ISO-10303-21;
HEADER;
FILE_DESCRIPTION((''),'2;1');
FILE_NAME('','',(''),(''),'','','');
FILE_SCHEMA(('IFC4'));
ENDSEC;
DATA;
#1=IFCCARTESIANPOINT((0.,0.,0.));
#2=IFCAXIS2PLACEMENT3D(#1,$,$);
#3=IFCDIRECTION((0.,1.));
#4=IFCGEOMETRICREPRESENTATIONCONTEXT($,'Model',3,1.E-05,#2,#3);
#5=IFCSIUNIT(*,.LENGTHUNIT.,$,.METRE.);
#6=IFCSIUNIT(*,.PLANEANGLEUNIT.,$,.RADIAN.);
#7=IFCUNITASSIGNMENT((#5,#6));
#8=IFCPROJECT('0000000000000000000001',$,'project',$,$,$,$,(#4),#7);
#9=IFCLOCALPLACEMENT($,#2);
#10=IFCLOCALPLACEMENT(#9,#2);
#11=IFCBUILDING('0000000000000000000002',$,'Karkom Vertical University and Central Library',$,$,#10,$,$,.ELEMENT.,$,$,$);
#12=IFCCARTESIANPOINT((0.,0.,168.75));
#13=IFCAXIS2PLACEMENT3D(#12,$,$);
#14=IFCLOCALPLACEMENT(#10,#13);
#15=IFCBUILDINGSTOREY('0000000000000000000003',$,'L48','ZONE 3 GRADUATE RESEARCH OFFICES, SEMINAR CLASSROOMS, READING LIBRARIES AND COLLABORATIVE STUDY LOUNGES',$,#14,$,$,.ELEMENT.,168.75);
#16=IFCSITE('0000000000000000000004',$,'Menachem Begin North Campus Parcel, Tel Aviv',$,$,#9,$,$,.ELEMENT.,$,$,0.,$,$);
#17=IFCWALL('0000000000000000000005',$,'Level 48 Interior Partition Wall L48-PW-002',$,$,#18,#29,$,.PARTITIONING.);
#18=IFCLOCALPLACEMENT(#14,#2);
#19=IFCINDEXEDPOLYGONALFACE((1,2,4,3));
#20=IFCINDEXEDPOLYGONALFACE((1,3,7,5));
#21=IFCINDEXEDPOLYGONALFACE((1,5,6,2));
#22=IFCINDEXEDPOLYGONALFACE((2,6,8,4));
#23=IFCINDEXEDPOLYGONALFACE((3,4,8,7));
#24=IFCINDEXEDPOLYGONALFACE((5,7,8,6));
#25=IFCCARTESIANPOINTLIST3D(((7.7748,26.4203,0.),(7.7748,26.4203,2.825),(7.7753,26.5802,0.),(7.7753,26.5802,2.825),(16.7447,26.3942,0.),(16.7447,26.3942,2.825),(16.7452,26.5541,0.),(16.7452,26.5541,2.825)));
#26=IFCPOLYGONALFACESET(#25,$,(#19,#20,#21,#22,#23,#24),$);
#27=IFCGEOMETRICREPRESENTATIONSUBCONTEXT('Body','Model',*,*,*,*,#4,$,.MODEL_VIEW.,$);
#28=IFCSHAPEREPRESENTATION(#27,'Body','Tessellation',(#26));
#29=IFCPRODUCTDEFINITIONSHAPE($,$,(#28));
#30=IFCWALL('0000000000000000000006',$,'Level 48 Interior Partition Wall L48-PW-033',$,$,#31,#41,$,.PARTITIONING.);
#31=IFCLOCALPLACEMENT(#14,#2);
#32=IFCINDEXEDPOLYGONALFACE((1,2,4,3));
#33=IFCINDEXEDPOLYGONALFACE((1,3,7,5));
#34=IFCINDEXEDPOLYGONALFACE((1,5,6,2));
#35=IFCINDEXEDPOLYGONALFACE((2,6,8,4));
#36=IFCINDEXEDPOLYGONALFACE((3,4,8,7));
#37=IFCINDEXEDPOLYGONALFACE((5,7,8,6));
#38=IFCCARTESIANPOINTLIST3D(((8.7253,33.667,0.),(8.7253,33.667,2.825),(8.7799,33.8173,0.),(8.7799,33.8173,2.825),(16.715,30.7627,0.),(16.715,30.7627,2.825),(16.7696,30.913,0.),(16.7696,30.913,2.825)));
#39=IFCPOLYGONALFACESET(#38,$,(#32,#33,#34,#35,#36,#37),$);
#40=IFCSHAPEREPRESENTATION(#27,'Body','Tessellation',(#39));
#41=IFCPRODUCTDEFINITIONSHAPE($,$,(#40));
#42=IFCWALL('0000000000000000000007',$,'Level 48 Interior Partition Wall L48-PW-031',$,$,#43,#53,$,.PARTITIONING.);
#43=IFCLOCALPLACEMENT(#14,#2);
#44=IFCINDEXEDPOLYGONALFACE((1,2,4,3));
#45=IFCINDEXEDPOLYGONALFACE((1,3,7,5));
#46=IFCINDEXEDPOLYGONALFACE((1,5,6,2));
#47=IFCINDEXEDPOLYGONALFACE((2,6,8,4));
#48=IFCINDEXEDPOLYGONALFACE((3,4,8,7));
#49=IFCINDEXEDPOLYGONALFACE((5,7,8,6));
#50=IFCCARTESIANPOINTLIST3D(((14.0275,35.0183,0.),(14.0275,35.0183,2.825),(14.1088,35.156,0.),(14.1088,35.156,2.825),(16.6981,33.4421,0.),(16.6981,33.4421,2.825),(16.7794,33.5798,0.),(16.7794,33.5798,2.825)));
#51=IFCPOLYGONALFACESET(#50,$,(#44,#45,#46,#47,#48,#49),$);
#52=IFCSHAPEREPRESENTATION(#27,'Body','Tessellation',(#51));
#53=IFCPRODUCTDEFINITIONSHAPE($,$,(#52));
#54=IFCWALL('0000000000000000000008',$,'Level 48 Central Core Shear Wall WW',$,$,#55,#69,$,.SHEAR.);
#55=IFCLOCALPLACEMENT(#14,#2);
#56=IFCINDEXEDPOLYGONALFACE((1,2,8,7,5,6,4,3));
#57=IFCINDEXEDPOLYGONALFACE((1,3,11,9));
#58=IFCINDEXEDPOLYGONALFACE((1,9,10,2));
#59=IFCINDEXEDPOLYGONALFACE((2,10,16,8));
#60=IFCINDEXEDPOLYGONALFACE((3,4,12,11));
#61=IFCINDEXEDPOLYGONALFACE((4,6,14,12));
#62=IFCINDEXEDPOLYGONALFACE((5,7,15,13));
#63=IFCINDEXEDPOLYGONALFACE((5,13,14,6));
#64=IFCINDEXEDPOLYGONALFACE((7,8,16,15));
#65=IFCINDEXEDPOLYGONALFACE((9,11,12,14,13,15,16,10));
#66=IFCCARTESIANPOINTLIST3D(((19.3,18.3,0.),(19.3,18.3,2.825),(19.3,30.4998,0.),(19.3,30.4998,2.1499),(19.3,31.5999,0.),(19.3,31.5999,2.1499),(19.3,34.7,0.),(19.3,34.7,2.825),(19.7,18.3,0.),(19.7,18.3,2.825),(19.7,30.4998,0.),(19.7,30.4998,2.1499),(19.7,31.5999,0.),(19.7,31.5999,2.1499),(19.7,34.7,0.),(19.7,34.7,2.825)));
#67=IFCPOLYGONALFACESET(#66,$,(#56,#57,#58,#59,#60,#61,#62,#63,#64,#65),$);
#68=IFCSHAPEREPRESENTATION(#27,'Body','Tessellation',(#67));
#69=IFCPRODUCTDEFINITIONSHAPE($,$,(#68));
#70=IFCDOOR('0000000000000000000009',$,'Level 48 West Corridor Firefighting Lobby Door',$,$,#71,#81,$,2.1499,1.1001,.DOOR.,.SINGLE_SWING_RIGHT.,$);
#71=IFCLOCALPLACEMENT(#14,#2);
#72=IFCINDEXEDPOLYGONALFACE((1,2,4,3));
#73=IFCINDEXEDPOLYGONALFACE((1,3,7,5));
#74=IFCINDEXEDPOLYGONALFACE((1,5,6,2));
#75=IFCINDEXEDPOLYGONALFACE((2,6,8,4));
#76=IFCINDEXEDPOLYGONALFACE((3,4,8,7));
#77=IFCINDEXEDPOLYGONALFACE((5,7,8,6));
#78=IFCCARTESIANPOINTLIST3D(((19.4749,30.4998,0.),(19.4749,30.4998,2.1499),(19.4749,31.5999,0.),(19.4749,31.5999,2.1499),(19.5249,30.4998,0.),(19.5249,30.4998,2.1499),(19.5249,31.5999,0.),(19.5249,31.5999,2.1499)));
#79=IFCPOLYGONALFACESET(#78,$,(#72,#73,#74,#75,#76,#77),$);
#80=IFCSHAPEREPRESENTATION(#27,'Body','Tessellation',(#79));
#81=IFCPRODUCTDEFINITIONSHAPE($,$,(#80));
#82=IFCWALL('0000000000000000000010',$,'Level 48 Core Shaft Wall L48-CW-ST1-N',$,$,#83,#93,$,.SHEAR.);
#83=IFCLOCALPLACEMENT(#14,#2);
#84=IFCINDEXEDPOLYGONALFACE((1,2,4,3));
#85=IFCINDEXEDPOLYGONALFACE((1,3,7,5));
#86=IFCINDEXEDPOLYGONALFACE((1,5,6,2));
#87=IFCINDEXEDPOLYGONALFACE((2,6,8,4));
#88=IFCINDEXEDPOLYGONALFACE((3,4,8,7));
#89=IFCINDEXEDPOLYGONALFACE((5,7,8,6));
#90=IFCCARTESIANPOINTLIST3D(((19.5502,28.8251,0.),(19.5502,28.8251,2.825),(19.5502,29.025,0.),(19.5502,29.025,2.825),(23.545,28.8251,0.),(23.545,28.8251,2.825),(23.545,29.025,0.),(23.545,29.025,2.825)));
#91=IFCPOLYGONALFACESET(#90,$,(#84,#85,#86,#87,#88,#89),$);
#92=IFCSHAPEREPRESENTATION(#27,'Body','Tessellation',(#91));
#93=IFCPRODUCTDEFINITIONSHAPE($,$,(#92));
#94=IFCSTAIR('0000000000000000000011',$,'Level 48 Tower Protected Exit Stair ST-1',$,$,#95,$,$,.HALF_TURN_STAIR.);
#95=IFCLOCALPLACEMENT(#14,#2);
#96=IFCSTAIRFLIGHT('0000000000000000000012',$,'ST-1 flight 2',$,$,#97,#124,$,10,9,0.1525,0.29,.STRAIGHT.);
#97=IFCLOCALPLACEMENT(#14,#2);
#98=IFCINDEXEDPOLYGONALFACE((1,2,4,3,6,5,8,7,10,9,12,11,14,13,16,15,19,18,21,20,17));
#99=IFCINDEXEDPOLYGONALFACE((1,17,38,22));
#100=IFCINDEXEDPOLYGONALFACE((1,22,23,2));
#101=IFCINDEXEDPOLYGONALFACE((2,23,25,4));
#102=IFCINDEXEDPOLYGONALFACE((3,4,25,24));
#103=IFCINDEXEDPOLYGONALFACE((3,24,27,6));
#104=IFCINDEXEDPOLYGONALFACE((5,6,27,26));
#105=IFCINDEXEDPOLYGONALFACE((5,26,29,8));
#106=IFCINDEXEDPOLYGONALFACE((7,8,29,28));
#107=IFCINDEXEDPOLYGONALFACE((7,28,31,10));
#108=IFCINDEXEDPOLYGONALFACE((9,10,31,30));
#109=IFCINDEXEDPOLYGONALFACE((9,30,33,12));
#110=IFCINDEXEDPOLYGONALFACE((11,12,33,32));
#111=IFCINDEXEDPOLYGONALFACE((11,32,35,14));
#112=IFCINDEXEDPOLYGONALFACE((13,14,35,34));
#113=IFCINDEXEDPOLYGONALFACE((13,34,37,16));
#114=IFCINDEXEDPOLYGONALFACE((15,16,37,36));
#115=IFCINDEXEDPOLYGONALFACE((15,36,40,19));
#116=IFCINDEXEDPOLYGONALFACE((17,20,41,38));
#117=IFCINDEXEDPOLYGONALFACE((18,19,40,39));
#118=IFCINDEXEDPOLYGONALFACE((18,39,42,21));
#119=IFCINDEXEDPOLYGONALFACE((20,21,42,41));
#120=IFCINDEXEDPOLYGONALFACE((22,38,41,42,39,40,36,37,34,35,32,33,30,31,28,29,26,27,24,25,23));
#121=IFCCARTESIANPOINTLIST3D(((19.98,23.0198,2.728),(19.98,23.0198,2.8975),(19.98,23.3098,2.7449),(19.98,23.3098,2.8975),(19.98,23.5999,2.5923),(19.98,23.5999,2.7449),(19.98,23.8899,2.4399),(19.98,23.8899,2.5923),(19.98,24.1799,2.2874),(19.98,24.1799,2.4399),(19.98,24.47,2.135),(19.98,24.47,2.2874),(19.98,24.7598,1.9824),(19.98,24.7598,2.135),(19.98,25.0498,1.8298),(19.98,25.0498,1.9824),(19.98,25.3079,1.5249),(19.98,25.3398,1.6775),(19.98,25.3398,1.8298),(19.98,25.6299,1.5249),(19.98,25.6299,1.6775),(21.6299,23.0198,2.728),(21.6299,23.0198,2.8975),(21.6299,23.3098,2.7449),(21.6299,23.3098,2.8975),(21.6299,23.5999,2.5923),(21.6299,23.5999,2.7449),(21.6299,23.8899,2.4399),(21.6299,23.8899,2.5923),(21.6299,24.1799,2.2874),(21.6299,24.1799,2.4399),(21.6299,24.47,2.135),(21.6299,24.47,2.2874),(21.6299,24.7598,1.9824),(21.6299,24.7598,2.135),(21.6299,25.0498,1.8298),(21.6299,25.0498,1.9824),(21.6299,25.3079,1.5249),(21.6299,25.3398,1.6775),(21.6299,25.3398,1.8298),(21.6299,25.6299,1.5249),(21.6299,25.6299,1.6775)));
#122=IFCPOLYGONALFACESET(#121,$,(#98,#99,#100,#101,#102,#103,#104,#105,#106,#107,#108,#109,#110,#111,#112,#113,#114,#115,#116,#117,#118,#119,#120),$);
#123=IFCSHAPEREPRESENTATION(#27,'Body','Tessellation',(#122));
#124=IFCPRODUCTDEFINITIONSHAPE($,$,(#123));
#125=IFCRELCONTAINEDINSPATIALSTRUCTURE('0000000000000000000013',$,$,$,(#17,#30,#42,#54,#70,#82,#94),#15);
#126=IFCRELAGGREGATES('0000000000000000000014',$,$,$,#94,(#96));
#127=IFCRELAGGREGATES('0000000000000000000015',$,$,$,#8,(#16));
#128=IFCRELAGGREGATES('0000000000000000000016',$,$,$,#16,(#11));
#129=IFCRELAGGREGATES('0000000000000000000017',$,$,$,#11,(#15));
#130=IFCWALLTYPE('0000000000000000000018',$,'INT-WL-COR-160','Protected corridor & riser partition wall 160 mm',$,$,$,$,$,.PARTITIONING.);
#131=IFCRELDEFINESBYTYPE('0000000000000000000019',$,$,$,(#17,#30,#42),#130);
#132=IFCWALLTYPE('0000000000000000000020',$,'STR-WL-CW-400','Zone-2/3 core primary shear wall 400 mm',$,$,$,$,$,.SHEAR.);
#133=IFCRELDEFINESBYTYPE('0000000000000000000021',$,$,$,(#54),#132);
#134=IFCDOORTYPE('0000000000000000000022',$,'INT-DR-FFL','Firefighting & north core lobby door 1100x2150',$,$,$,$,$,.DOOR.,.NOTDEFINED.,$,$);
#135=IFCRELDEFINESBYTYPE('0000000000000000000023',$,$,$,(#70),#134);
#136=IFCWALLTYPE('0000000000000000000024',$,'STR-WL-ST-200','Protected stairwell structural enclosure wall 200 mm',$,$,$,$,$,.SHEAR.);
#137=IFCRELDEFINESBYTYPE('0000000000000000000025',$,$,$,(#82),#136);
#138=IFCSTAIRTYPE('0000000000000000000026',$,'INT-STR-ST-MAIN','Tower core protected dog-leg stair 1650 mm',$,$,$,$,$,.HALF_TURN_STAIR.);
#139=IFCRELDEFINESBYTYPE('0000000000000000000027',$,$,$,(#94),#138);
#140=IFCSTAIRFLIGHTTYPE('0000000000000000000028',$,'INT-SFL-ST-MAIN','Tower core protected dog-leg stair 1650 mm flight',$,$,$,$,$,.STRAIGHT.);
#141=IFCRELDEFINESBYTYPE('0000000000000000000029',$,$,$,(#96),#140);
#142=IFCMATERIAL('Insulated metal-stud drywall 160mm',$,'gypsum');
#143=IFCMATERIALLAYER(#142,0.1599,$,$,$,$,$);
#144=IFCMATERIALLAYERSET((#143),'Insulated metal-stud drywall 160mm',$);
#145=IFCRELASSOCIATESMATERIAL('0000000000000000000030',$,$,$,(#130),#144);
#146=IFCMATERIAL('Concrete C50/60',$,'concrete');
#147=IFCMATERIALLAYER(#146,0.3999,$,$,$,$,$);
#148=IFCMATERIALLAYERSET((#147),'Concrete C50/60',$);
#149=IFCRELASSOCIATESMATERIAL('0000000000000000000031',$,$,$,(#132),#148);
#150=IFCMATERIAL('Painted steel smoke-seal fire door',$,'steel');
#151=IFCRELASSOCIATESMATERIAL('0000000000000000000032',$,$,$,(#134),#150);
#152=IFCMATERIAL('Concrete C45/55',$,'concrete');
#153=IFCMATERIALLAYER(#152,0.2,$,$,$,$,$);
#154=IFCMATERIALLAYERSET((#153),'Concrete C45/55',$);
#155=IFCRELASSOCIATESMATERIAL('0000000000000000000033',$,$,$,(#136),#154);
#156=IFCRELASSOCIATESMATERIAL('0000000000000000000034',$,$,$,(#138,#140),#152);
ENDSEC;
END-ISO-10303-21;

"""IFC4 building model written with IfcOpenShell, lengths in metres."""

from ifc_helpers import new_model, si_unit, direction, frame, frame_2d, origin, origin_with_axes, place, context, subcontext, project, spatial, polyline, rectangle, outline, extrude, source, transform, mapped, material, layer, layer_set, type_object, element, fill, aggregate, save


model = new_model("IFC4")

# Units and contexts
model_context = context("Model", 3, precision=1e-05, world=origin(), true_north=direction((0.0, 1.0)))
body_context = subcontext(model_context, "Body", "Model", "MODEL_VIEW")
ifc_project = project(units=[si_unit("LENGTHUNIT", "METRE"), si_unit("PLANEANGLEUNIT", "RADIAN")], contexts=[model_context])

# Site, building, storey
site_placement = place(None, origin())
site = spatial("IfcSite", under=ifc_project, at=site_placement, Name="Menachem Begin North Campus Parcel, Tel Aviv", CompositionType="ELEMENT", RefElevation=0.0)
building_placement = place(site_placement, origin())
building = spatial("IfcBuilding", under=site, at=building_placement, Name="Karkom Vertical University and Central Library", CompositionType="ELEMENT")
storey_placement = place(building_placement, frame((0.0, 0.0, 168.75)))
storey = spatial("IfcBuildingStorey", under=building, at=storey_placement, Name="L48", Description="ZONE 3 GRADUATE RESEARCH OFFICES, SEMINAR CLASSROOMS, READING LIBRARIES AND COLLABORATIVE STUDY LOUNGES", CompositionType="ELEMENT", Elevation=168.75)

# Shared definitions
ifc_material_1 = material(Name="Insulated metal-stud drywall 160mm", Category="gypsum")
ifc_layer_1 = layer(ifc_material_1, 0.1599)
ifc_layer_set_1 = layer_set([ifc_layer_1], Name="Insulated metal-stud drywall 160mm")
wall_type_1 = type_object("IfcWallType", Name="INT-WL-COR-160", Description="Protected corridor & riser partition wall 160 mm", PredefinedType="PARTITIONING", material=ifc_layer_set_1)

# Walls
wall_1_placement = place(storey_placement, frame((7.7751, 26.5002, 0.0), z_axis=(0.0, 0.0, 1.0), x_axis=(0.999996, -0.002912, 0.0)))
element("IfcWall", 1, at=wall_1_placement, inside=storey, type_object=wall_type_1, Name="Level 48 Interior Partition Wall L48-PW-002", PredefinedType="PARTITIONING", context=body_context, shape_type="SweptSolid", body=[
    extrude(rectangle(XDim=8.97, YDim=0.1599, at=frame_2d((4.4849, 0.0))), origin(), (0.0, 0.0, 1.0), 2.825),
])
wall_2_placement = place(storey_placement, frame((16.7422, 30.8379, 0.0), z_axis=(0.0, 0.0, 1.0), x_axis=(-0.939834, 0.341632, 0.0)))
element("IfcWall", 2, at=wall_2_placement, inside=storey, type_object=wall_type_1, Name="Level 48 Interior Partition Wall L48-PW-033", PredefinedType="PARTITIONING", context=body_context, shape_type="SweptSolid", body=[
    extrude(rectangle(XDim=8.5012, YDim=0.1599, at=frame_2d((4.2505, 0.0))), origin(), (0.0, 0.0, 1.0), 2.825),
])
wall_3_placement = place(storey_placement, frame((16.7388, 33.511, 0.0), z_axis=(0.0, 0.0, 1.0), x_axis=(-0.861201, 0.508265, 0.0)))
element("IfcWall", 3, at=wall_3_placement, inside=storey, type_object=wall_type_1, Name="Level 48 Interior Partition Wall L48-PW-031", PredefinedType="PARTITIONING", context=body_context, shape_type="SweptSolid", body=[
    extrude(rectangle(XDim=3.1011, YDim=0.1599, at=frame_2d((1.5505, 0.0))), origin(), (0.0, 0.0, 1.0), 2.825),
])

# Wall, opening, door
ifc_material_2 = material(Name="Concrete C50/60", Category="concrete")
ifc_layer_2 = layer(ifc_material_2, 0.3999)
ifc_layer_set_2 = layer_set([ifc_layer_2], Name="Concrete C50/60")
wall_type_2 = type_object("IfcWallType", Name="STR-WL-CW-400", Description="Zone-2/3 core primary shear wall 400 mm", PredefinedType="SHEAR", material=ifc_layer_set_2)
wall_4_placement = place(storey_placement, frame((19.5, 34.7, 0.0), z_axis=(0.0, 0.0, 1.0), x_axis=(0.0, -1.0, 0.0)))
wall_4 = element("IfcWall", 4, at=wall_4_placement, inside=storey, type_object=wall_type_2, Name="Level 48 Central Core Shear Wall WW", PredefinedType="SHEAR", context=body_context, shape_type="SweptSolid", body=[
    extrude(rectangle(XDim=16.3999, YDim=0.3999, at=frame_2d((8.2, 0.0))), origin(), (0.0, 0.0, 1.0), 2.825),
])
opening_1_placement = place(wall_4_placement, frame((3.1001, 0.0, 0.0)))
opening_1 = element("IfcOpeningElement", 5, at=opening_1_placement, cuts=wall_4, PredefinedType="OPENING", context=body_context, shape_type="SweptSolid", body=[
    extrude(rectangle(XDim=1.1001, YDim=2.1499, at=frame_2d((0.55, 1.075))), frame((0.0, 0.21, 0.0), z_axis=(0.0, -1.0, 0.0), x_axis=(1.0, 0.0, 0.0)), (0.0, 0.0, 1.0), 0.4199),
])
ifc_material_3 = material(Name="Painted steel smoke-seal fire door", Category="steel")
door_type_1 = type_object("IfcDoorType", Name="INT-DR-FFL", Description="Firefighting & north core lobby door 1100x2150", OperationType="NOTDEFINED", PredefinedType="DOOR", material=ifc_material_3)
shared_shape_1 = source(origin_with_axes(), body_context, "Body", "SweptSolid", [
    extrude(rectangle(XDim=1.1001, YDim=2.1499, at=frame_2d((0.55, 1.075))), frame((0.0, 0.0249, 0.0), z_axis=(0.0, -1.0, 0.0), x_axis=(1.0, 0.0, 0.0)), (0.0, 0.0, 1.0), 0.05),
])
door_1_placement = place(opening_1_placement, origin())
door_1 = element("IfcDoor", 6, at=door_1_placement, inside=storey, type_object=door_type_1, Name="Level 48 West Corridor Firefighting Lobby Door", OperationType="SINGLE_SWING_RIGHT", OverallHeight=2.1499, OverallWidth=1.1001, PredefinedType="DOOR", context=body_context, shape_type="MappedRepresentation", body=[
    mapped(shared_shape_1, transform((0.0, 0.0, 0.0), scale=1.0)),
])
fill(opening_1, door_1)

# Wall
ifc_material_4 = material(Name="Concrete C45/55", Category="concrete")
ifc_layer_3 = layer(ifc_material_4, 0.2)
ifc_layer_set_3 = layer_set([ifc_layer_3], Name="Concrete C45/55")
wall_type_3 = type_object("IfcWallType", Name="STR-WL-ST-200", Description="Protected stairwell structural enclosure wall 200 mm", PredefinedType="SHEAR", material=ifc_layer_set_3)
wall_5_placement = place(storey_placement, frame((19.55, 28.925, 0.0), z_axis=(0.0, 0.0, 1.0), x_axis=(1.0, 0.0, 0.0)))
element("IfcWall", 7, at=wall_5_placement, inside=storey, type_object=wall_type_3, Name="Level 48 Core Shaft Wall L48-CW-ST1-N", PredefinedType="SHEAR", context=body_context, shape_type="SweptSolid", body=[
    extrude(rectangle(XDim=3.9949, YDim=0.2, at=frame_2d((1.9976, 0.0))), origin(), (0.0, 0.0, 1.0), 2.825),
])

# Stair, stair flight
stair_type = type_object("IfcStairType", Name="INT-STR-ST-MAIN", Description="Tower core protected dog-leg stair 1650 mm", PredefinedType="HALF_TURN_STAIR", material=ifc_material_4)
stair_placement = place(storey_placement, origin())
stair = element("IfcStair", 8, at=stair_placement, inside=storey, type_object=stair_type, Name="Level 48 Tower Protected Exit Stair ST-1", PredefinedType="HALF_TURN_STAIR")
stair_flight_type = type_object("IfcStairFlightType", Name="INT-SFL-ST-MAIN", Description="Tower core protected dog-leg stair 1650 mm flight", PredefinedType="STRAIGHT", material=ifc_material_4)
stair_flight_placement = place(storey_placement, frame((20.8049, 25.6299, 1.5249), z_axis=(0.0, 0.0, 1.0), x_axis=(0.0, -1.0, 0.0)))
stair_flight = element("IfcStairFlight", 9, at=stair_flight_placement, type_object=stair_flight_type, Name="ST-1 flight 2", NumberOfRisers=10, NumberOfTreads=9, PredefinedType="STRAIGHT", RiserHeight=0.1525, TreadLength=0.29, context=body_context, shape_type="SweptSolid", body=[
    extrude(outline(polyline([(0.0, 0.0), (0.0, 0.1526), (0.29, 0.1526), (0.29, 0.3049), (0.5801, 0.3049), (0.5801, 0.4575), (0.8701, 0.4575), (0.8701, 0.6101), (1.1599, 0.6101), (1.1599, 0.7625), (1.45, 0.7625), (1.45, 0.915), (1.74, 0.915), (1.74, 1.0674), (2.03, 1.0674), (2.03, 1.22), (2.3201, 1.22), (2.3201, 1.3726), (2.6101, 1.3726), (2.6101, 1.5249), (2.6101, 1.2031), (0.322, 0.0), (0.0, 0.0)])), frame((0.0, 0.825, 0.0), z_axis=(0.0, -1.0, 0.0), x_axis=(1.0, 0.0, 0.0)), (0.0, 0.0, 1.0), 1.6499),
])
aggregate(stair, [stair_flight])

save(model, "model.ifc")
